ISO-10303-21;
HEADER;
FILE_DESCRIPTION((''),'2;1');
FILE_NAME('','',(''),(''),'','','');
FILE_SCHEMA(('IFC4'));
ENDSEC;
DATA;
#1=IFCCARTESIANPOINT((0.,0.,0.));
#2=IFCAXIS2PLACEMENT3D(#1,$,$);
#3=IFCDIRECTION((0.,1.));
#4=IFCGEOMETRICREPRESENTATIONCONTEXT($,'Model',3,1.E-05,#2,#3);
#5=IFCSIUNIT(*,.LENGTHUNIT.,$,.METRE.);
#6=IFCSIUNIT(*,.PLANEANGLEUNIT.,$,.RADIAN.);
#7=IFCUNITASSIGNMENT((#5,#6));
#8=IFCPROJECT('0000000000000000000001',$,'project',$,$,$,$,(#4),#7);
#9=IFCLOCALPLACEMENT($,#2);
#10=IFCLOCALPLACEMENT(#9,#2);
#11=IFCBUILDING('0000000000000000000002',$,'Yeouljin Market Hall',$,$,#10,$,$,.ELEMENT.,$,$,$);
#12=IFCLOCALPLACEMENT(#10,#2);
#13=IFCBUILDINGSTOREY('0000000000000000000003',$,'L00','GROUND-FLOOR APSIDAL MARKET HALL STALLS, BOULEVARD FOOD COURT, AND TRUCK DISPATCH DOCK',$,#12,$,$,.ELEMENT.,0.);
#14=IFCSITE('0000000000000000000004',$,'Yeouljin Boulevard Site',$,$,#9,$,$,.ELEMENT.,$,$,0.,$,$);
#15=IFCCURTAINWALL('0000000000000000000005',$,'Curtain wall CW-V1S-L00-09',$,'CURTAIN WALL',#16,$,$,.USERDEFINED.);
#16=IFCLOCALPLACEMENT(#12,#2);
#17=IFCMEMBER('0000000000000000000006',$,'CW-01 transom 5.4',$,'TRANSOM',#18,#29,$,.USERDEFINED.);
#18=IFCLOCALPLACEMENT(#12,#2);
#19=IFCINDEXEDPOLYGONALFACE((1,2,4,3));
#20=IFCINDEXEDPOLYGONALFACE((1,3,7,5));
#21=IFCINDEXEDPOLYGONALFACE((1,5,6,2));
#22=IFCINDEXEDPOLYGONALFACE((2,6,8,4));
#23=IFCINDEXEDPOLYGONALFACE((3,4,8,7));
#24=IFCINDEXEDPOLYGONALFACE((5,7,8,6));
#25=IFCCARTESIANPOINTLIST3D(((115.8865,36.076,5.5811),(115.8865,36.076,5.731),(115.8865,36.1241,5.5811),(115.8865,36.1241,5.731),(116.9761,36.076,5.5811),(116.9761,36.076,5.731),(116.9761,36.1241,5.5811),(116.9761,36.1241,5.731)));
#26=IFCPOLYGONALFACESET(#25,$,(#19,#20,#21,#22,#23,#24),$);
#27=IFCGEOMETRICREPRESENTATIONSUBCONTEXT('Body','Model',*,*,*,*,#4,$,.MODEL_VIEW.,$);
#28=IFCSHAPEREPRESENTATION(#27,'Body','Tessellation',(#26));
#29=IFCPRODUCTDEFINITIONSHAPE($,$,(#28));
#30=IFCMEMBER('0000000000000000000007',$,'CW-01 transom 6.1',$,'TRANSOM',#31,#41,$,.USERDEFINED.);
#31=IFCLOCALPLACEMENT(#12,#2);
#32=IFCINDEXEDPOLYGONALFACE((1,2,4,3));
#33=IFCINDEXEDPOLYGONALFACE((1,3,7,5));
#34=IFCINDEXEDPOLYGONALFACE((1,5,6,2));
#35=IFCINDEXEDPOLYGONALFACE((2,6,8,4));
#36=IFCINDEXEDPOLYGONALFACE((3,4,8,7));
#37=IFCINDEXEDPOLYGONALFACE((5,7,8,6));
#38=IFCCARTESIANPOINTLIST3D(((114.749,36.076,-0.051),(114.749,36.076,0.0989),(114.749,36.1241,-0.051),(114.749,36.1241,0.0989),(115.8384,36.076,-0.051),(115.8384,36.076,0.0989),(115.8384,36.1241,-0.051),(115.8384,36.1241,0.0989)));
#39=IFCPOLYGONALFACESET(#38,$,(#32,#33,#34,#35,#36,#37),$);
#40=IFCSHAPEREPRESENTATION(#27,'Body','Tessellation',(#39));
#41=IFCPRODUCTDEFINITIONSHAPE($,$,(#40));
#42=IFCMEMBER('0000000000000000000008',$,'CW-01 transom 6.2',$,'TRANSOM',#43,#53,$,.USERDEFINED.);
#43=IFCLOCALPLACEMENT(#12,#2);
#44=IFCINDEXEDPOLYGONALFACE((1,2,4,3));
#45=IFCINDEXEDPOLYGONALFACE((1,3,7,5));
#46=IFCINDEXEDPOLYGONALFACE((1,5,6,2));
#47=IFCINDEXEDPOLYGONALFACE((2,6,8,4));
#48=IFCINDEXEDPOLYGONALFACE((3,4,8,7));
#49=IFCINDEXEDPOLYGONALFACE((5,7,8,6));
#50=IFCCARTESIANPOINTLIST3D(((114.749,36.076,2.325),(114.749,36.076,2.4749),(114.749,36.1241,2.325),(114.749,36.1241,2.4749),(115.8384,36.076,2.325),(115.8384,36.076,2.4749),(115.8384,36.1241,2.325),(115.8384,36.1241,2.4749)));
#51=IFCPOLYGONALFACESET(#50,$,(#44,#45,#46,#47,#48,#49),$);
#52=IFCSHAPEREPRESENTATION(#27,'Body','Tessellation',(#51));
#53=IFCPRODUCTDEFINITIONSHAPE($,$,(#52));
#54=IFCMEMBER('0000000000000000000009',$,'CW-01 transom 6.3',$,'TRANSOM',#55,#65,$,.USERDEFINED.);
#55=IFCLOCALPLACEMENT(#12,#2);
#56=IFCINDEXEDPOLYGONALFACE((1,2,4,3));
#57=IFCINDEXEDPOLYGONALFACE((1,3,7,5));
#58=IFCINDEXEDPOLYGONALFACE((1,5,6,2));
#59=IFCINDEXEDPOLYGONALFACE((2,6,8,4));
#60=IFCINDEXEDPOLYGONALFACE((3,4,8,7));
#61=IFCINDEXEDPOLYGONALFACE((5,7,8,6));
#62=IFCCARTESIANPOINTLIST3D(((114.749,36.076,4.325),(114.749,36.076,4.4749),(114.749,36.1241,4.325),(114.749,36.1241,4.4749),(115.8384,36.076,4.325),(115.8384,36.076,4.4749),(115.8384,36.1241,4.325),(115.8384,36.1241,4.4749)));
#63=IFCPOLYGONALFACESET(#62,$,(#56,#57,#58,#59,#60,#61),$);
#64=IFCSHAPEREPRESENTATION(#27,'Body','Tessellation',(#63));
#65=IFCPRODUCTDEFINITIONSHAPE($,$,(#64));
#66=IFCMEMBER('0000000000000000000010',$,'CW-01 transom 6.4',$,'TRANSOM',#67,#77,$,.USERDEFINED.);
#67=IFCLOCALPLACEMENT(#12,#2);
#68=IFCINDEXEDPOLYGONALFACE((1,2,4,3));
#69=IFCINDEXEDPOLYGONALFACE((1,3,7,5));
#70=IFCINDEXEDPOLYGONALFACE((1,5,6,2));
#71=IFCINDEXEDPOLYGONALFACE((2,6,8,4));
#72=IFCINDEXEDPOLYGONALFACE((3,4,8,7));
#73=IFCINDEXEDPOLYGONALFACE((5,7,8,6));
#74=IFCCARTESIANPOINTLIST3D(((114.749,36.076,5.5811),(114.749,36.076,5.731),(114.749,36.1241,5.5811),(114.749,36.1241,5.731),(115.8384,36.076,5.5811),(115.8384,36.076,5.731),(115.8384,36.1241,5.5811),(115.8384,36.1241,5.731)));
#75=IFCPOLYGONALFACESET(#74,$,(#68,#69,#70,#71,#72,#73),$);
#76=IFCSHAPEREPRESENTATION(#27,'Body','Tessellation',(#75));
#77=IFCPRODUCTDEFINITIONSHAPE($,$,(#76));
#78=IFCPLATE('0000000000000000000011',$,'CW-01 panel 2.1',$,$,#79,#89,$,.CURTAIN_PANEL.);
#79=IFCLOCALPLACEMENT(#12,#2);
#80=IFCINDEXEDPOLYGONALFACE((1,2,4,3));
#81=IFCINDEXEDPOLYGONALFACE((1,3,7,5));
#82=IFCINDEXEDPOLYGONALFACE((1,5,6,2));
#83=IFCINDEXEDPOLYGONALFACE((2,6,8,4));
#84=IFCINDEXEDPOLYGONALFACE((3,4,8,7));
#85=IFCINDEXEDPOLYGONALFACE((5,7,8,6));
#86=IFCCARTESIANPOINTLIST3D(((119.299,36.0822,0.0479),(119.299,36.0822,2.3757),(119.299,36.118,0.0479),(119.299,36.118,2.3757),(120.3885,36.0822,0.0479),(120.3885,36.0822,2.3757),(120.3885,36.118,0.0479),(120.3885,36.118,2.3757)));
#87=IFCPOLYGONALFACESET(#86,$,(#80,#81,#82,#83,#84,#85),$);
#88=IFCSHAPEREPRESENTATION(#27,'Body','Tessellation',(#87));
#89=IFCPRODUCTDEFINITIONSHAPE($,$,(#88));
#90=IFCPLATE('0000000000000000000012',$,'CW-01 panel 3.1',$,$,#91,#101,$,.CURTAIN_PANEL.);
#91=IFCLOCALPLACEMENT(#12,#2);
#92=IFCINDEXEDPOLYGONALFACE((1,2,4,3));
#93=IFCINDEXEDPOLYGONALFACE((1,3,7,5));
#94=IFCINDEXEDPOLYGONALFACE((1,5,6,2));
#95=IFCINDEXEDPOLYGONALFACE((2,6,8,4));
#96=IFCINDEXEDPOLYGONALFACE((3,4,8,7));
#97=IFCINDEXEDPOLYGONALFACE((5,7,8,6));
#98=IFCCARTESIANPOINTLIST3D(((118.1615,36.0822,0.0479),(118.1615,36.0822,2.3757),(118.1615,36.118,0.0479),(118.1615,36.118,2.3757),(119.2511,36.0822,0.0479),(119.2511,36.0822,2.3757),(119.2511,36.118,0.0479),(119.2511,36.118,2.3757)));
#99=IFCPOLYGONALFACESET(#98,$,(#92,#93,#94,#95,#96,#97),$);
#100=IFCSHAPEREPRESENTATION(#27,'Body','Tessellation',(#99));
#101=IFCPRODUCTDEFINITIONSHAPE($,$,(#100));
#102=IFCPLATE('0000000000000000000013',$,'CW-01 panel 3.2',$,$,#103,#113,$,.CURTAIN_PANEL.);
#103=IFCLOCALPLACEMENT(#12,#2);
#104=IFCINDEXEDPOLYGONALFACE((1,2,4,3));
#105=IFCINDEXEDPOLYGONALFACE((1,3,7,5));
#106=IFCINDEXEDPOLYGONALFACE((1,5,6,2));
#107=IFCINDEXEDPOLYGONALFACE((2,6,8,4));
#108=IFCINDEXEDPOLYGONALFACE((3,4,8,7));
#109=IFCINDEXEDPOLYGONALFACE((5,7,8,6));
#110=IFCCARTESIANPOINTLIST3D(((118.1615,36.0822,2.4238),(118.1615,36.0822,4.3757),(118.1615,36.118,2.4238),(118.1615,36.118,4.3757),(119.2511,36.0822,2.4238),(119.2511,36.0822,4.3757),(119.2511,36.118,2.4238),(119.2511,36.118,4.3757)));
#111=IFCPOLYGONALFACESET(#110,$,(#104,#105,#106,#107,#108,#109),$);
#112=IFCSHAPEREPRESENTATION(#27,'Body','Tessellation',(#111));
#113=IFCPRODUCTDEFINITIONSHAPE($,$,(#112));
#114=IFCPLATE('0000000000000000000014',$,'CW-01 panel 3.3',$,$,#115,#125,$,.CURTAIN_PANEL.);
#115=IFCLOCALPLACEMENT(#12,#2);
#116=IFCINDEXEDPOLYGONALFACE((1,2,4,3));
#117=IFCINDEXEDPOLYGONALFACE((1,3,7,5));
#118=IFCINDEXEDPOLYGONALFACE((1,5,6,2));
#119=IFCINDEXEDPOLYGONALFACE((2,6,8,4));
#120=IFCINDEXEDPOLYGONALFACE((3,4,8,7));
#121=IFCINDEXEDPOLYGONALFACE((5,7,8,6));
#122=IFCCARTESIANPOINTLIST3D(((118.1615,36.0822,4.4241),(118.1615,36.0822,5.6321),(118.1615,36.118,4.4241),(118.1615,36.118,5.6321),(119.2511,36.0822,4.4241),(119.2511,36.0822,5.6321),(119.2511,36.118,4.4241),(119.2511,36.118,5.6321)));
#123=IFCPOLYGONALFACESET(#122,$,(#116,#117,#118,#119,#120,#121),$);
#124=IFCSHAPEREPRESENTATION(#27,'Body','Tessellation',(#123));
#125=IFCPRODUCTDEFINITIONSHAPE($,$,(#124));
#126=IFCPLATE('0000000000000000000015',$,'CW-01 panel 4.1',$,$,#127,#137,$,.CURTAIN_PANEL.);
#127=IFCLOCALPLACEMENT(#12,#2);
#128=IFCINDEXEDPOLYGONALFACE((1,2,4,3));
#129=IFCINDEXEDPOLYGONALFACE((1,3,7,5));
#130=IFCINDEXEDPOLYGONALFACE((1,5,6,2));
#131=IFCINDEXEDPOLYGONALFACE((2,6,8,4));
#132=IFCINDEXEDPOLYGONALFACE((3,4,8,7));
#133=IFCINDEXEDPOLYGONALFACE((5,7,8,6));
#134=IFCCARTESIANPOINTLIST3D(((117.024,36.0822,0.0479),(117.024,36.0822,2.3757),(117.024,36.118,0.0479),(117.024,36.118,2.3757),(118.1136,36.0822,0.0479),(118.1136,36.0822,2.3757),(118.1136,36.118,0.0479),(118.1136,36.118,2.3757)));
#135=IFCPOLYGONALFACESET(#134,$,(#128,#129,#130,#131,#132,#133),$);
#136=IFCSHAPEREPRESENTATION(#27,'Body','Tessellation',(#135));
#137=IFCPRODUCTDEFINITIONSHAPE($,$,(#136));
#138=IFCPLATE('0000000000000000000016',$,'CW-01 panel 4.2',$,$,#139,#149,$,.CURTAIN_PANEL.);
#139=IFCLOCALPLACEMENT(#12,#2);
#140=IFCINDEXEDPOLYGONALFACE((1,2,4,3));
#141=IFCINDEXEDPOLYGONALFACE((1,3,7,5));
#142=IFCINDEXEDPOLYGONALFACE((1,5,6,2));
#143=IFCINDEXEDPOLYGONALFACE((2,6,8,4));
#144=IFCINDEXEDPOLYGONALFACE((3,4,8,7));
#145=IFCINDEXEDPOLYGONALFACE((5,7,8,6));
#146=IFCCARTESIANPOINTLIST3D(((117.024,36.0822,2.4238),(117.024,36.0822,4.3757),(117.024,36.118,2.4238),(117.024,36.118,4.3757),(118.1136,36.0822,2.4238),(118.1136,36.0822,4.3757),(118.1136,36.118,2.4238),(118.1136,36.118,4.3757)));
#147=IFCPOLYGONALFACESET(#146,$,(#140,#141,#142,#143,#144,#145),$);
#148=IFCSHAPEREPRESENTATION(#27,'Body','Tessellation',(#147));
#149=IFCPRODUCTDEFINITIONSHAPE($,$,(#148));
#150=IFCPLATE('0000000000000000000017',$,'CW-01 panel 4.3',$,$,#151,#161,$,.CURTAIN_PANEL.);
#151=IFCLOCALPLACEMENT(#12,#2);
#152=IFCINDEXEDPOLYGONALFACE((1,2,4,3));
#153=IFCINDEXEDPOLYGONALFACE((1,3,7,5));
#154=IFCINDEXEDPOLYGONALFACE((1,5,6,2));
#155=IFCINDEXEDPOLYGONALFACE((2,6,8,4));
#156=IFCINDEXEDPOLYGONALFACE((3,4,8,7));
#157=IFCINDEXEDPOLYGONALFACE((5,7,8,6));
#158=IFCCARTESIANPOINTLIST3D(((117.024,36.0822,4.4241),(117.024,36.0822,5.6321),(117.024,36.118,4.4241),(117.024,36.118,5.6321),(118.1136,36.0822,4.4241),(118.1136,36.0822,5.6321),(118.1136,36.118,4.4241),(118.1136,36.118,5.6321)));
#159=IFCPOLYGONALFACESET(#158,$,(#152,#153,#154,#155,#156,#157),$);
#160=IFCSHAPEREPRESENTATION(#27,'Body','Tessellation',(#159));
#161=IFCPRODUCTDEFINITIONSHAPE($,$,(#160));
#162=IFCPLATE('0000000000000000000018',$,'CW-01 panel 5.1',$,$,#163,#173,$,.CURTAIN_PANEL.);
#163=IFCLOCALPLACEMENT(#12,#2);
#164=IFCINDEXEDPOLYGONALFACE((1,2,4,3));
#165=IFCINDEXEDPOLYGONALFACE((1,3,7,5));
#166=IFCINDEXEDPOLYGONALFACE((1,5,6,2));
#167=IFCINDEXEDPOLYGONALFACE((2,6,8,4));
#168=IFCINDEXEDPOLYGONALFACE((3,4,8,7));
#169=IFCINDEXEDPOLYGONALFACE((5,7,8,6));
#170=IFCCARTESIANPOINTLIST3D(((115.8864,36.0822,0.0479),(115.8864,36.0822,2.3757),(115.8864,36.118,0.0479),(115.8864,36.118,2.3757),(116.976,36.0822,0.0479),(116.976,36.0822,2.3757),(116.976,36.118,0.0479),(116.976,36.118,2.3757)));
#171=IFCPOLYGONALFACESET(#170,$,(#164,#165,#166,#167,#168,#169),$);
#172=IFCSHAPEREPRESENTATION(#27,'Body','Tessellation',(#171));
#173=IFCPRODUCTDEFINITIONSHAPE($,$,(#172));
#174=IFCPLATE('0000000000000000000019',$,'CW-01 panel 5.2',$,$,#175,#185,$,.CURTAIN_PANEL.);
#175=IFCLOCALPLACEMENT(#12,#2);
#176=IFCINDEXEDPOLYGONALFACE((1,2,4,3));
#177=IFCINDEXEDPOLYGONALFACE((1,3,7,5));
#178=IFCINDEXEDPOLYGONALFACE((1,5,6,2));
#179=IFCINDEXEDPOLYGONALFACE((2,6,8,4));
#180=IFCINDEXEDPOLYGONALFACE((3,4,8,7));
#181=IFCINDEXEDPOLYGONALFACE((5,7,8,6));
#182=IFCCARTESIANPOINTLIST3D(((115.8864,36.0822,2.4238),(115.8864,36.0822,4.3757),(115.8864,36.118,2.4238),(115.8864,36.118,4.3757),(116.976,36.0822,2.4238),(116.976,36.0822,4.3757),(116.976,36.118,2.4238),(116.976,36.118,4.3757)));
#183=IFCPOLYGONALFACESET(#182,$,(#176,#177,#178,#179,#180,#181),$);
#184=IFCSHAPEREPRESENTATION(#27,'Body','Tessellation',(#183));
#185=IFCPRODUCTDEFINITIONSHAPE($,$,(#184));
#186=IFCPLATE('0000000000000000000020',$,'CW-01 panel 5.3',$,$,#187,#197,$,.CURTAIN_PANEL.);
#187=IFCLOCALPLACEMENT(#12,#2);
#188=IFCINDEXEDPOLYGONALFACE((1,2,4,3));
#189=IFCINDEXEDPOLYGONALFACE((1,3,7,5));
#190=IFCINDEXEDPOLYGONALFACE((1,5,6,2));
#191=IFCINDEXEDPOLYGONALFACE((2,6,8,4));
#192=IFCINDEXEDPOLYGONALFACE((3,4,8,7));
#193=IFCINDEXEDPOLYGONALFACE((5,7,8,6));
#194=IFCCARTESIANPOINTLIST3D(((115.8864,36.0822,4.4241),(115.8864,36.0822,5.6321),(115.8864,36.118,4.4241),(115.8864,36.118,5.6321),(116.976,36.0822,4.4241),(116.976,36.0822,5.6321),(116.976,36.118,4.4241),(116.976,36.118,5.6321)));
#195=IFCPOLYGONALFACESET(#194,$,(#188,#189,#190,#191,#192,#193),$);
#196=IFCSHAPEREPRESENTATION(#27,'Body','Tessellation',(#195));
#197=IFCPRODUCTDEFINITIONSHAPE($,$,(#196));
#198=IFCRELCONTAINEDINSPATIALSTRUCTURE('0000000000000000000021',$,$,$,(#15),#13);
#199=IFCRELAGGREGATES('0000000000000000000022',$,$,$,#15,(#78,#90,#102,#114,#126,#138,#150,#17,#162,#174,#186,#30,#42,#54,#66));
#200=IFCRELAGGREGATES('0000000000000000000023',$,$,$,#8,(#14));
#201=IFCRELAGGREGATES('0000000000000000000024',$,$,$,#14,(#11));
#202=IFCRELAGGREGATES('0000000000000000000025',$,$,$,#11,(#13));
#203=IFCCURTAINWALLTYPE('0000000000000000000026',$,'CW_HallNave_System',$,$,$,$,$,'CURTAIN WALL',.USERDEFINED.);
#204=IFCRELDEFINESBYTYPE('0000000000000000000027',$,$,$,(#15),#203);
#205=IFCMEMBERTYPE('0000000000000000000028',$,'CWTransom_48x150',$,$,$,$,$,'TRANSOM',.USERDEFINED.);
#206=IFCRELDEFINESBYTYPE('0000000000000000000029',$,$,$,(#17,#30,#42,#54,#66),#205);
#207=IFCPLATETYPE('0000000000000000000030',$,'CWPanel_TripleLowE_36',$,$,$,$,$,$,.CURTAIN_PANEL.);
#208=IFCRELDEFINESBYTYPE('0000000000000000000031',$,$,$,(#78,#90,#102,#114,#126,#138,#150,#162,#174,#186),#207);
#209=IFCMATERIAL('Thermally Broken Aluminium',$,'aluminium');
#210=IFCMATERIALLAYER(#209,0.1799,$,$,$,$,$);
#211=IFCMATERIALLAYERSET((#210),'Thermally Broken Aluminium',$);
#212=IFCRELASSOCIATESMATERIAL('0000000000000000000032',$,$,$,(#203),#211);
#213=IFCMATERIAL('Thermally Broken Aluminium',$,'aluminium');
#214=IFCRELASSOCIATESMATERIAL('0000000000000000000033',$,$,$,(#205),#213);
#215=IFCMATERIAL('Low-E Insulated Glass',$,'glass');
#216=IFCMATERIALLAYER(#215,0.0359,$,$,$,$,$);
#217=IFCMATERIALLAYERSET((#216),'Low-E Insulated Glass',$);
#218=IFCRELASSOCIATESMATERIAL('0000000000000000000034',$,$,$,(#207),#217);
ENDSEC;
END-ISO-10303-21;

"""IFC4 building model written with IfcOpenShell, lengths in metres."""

from ifc_helpers import new_model, si_unit, direction, frame, origin, origin_2d, place, context, subcontext, project, spatial, rectangle, extrude, material, layer, layer_set, material_profile, profile_set, type_object, element, aggregate, save


model = new_model("IFC4")

# Units and contexts
model_context = context("Model", 3, precision=1e-05, world=origin(), true_north=direction((0.0, 1.0)))
body_context = subcontext(model_context, "Body", "Model", "MODEL_VIEW")
ifc_project = project(units=[si_unit("LENGTHUNIT", "METRE"), si_unit("PLANEANGLEUNIT", "RADIAN")], contexts=[model_context])

# Site, building, storey
site_placement = place(None, origin())
site = spatial("IfcSite", under=ifc_project, at=site_placement, Name="Yeouljin Boulevard Site", CompositionType="ELEMENT", RefElevation=0.0)
building_placement = place(site_placement, origin())
building = spatial("IfcBuilding", under=site, at=building_placement, Name="Yeouljin Market Hall", CompositionType="ELEMENT")
storey_placement = place(building_placement, origin())
storey = spatial("IfcBuildingStorey", under=building, at=storey_placement, Name="L00", Description="GROUND-FLOOR APSIDAL MARKET HALL STALLS, BOULEVARD FOOD COURT, AND TRUCK DISPATCH DOCK", CompositionType="ELEMENT", Elevation=0.0)

# Curtain wall, members, plates
ifc_material_1 = material(Name="Thermally Broken Aluminium", Category="aluminium")
ifc_layer_1 = layer(ifc_material_1, 0.1799)
ifc_layer_set_1 = layer_set([ifc_layer_1], Name="Thermally Broken Aluminium")
curtain_wall_type = type_object("IfcCurtainWallType", Name="CW_HallNave_System", ElementType="CURTAIN WALL", PredefinedType="USERDEFINED", material=ifc_layer_set_1)
curtain_wall_placement = place(storey_placement, origin())
curtain_wall = element("IfcCurtainWall", 1, at=curtain_wall_placement, inside=storey, type_object=curtain_wall_type, Name="Curtain wall CW-V1S-L00-09", ObjectType="CURTAIN WALL", PredefinedType="USERDEFINED")
ifc_material_2 = material(Name="Thermally Broken Aluminium", Category="aluminium")
ifc_material_profile_1 = material_profile(ifc_material_2, rectangle(XDim=0.0481, YDim=0.1499, at=origin_2d()), Name="CW-TRAN-48x150")
ifc_profile_set_1 = profile_set([ifc_material_profile_1], Name="Thermally Broken Aluminium")
member_type_1 = type_object("IfcMemberType", Name="CWTransom_48x150", ElementType="TRANSOM", PredefinedType="USERDEFINED", material=ifc_profile_set_1)
member_1_placement = place(storey_placement, frame((116.9761, 36.1001, 5.656), z_axis=(-1.0, 0.0, 0.0), x_axis=(0.0, -1.0, 0.0)))
member_1 = element("IfcMember", 2, at=member_1_placement, type_object=member_type_1, Name="CW-01 transom 5.4", ObjectType="TRANSOM", PredefinedType="USERDEFINED", context=body_context, shape_type="SweptSolid", body=[
    extrude(rectangle(XDim=0.0481, YDim=0.1499, at=origin_2d()), origin(), (0.0, 0.0, 1.0), 1.0896),
])
member_2_placement = place(storey_placement, frame((115.8384, 36.1001, 0.0239), z_axis=(-1.0, 0.0, 0.0), x_axis=(0.0, -1.0, 0.0)))
member_2 = element("IfcMember", 3, at=member_2_placement, type_object=member_type_1, Name="CW-01 transom 6.1", ObjectType="TRANSOM", PredefinedType="USERDEFINED", context=body_context, shape_type="SweptSolid", body=[
    extrude(rectangle(XDim=0.0481, YDim=0.1499, at=origin_2d()), origin(), (0.0, 0.0, 1.0), 1.0894),
])
member_3_placement = place(storey_placement, frame((115.8384, 36.1001, 2.3999), z_axis=(-1.0, 0.0, 0.0), x_axis=(0.0, -1.0, 0.0)))
member_3 = element("IfcMember", 4, at=member_3_placement, type_object=member_type_1, Name="CW-01 transom 6.2", ObjectType="TRANSOM", PredefinedType="USERDEFINED", context=body_context, shape_type="SweptSolid", body=[
    extrude(rectangle(XDim=0.0481, YDim=0.1499, at=origin_2d()), origin(), (0.0, 0.0, 1.0), 1.0894),
])
member_4_placement = place(storey_placement, frame((115.8384, 36.1001, 4.3999), z_axis=(-1.0, 0.0, 0.0), x_axis=(0.0, -1.0, 0.0)))
member_4 = element("IfcMember", 5, at=member_4_placement, type_object=member_type_1, Name="CW-01 transom 6.3", ObjectType="TRANSOM", PredefinedType="USERDEFINED", context=body_context, shape_type="SweptSolid", body=[
    extrude(rectangle(XDim=0.0481, YDim=0.1499, at=origin_2d()), origin(), (0.0, 0.0, 1.0), 1.0894),
])
member_5_placement = place(storey_placement, frame((115.8384, 36.1001, 5.656), z_axis=(-1.0, 0.0, 0.0), x_axis=(0.0, -1.0, 0.0)))
member_5 = element("IfcMember", 6, at=member_5_placement, type_object=member_type_1, Name="CW-01 transom 6.4", ObjectType="TRANSOM", PredefinedType="USERDEFINED", context=body_context, shape_type="SweptSolid", body=[
    extrude(rectangle(XDim=0.0481, YDim=0.1499, at=origin_2d()), origin(), (0.0, 0.0, 1.0), 1.0894),
])
ifc_material_3 = material(Name="Low-E Insulated Glass", Category="glass")
ifc_layer_2 = layer(ifc_material_3, 0.0359)
ifc_layer_set_2 = layer_set([ifc_layer_2], Name="Low-E Insulated Glass")
plate_type = type_object("IfcPlateType", Name="CWPanel_TripleLowE_36", PredefinedType="CURTAIN_PANEL", material=ifc_layer_set_2)
plate_1_placement = place(storey_placement, frame((119.8438, 36.1001, 0.0479), z_axis=(0.0, 0.0, 1.0), x_axis=(-1.0, 0.0, 0.0)))
plate_1 = element("IfcPlate", 7, at=plate_1_placement, type_object=plate_type, Name="CW-01 panel 2.1", PredefinedType="CURTAIN_PANEL", context=body_context, shape_type="SweptSolid", body=[
    extrude(rectangle(XDim=1.0896, YDim=0.0359, at=origin_2d()), origin(), (0.0, 0.0, 1.0), 2.3279),
])
plate_2_placement = place(storey_placement, frame((118.7063, 36.1001, 0.0479), z_axis=(0.0, 0.0, 1.0), x_axis=(-1.0, 0.0, 0.0)))
plate_2 = element("IfcPlate", 8, at=plate_2_placement, type_object=plate_type, Name="CW-01 panel 3.1", PredefinedType="CURTAIN_PANEL", context=body_context, shape_type="SweptSolid", body=[
    extrude(rectangle(XDim=1.0896, YDim=0.0359, at=origin_2d()), origin(), (0.0, 0.0, 1.0), 2.3279),
])
plate_3_placement = place(storey_placement, frame((118.7063, 36.1001, 2.4238), z_axis=(0.0, 0.0, 1.0), x_axis=(-1.0, 0.0, 0.0)))
plate_3 = element("IfcPlate", 9, at=plate_3_placement, type_object=plate_type, Name="CW-01 panel 3.2", PredefinedType="CURTAIN_PANEL", context=body_context, shape_type="SweptSolid", body=[
    extrude(rectangle(XDim=1.0896, YDim=0.0359, at=origin_2d()), origin(), (0.0, 0.0, 1.0), 1.9519),
])
plate_4_placement = place(storey_placement, frame((118.7063, 36.1001, 4.4241), z_axis=(0.0, 0.0, 1.0), x_axis=(-1.0, 0.0, 0.0)))
plate_4 = element("IfcPlate", 10, at=plate_4_placement, type_object=plate_type, Name="CW-01 panel 3.3", PredefinedType="CURTAIN_PANEL", context=body_context, shape_type="SweptSolid", body=[
    extrude(rectangle(XDim=1.0896, YDim=0.0359, at=origin_2d()), origin(), (0.0, 0.0, 1.0), 1.208),
])
plate_5_placement = place(storey_placement, frame((117.5688, 36.1001, 0.0479), z_axis=(0.0, 0.0, 1.0), x_axis=(-1.0, 0.0, 0.0)))
plate_5 = element("IfcPlate", 11, at=plate_5_placement, type_object=plate_type, Name="CW-01 panel 4.1", PredefinedType="CURTAIN_PANEL", context=body_context, shape_type="SweptSolid", body=[
    extrude(rectangle(XDim=1.0896, YDim=0.0359, at=origin_2d()), origin(), (0.0, 0.0, 1.0), 2.3279),
])
plate_6_placement = place(storey_placement, frame((117.5688, 36.1001, 2.4238), z_axis=(0.0, 0.0, 1.0), x_axis=(-1.0, 0.0, 0.0)))
plate_6 = element("IfcPlate", 12, at=plate_6_placement, type_object=plate_type, Name="CW-01 panel 4.2", PredefinedType="CURTAIN_PANEL", context=body_context, shape_type="SweptSolid", body=[
    extrude(rectangle(XDim=1.0896, YDim=0.0359, at=origin_2d()), origin(), (0.0, 0.0, 1.0), 1.9519),
])
plate_7_placement = place(storey_placement, frame((117.5688, 36.1001, 4.4241), z_axis=(0.0, 0.0, 1.0), x_axis=(-1.0, 0.0, 0.0)))
plate_7 = element("IfcPlate", 13, at=plate_7_placement, type_object=plate_type, Name="CW-01 panel 4.3", PredefinedType="CURTAIN_PANEL", context=body_context, shape_type="SweptSolid", body=[
    extrude(rectangle(XDim=1.0896, YDim=0.0359, at=origin_2d()), origin(), (0.0, 0.0, 1.0), 1.208),
])
plate_8_placement = place(storey_placement, frame((116.4312, 36.1001, 0.0479), z_axis=(0.0, 0.0, 1.0), x_axis=(-1.0, 0.0, 0.0)))
plate_8 = element("IfcPlate", 14, at=plate_8_placement, type_object=plate_type, Name="CW-01 panel 5.1", PredefinedType="CURTAIN_PANEL", context=body_context, shape_type="SweptSolid", body=[
    extrude(rectangle(XDim=1.0896, YDim=0.0359, at=origin_2d()), origin(), (0.0, 0.0, 1.0), 2.3279),
])
plate_9_placement = place(storey_placement, frame((116.4312, 36.1001, 2.4238), z_axis=(0.0, 0.0, 1.0), x_axis=(-1.0, 0.0, 0.0)))
plate_9 = element("IfcPlate", 15, at=plate_9_placement, type_object=plate_type, Name="CW-01 panel 5.2", PredefinedType="CURTAIN_PANEL", context=body_context, shape_type="SweptSolid", body=[
    extrude(rectangle(XDim=1.0896, YDim=0.0359, at=origin_2d()), origin(), (0.0, 0.0, 1.0), 1.9519),
])
plate_10_placement = place(storey_placement, frame((116.4312, 36.1001, 4.4241), z_axis=(0.0, 0.0, 1.0), x_axis=(-1.0, 0.0, 0.0)))
plate_10 = element("IfcPlate", 16, at=plate_10_placement, type_object=plate_type, Name="CW-01 panel 5.3", PredefinedType="CURTAIN_PANEL", context=body_context, shape_type="SweptSolid", body=[
    extrude(rectangle(XDim=1.0896, YDim=0.0359, at=origin_2d()), origin(), (0.0, 0.0, 1.0), 1.208),
])
aggregate(curtain_wall, [plate_1, plate_2, plate_3, plate_4, plate_5, plate_6, plate_7, member_1, plate_8, plate_9, plate_10, member_2, member_3, member_4, member_5])

save(model, "model.ifc")
